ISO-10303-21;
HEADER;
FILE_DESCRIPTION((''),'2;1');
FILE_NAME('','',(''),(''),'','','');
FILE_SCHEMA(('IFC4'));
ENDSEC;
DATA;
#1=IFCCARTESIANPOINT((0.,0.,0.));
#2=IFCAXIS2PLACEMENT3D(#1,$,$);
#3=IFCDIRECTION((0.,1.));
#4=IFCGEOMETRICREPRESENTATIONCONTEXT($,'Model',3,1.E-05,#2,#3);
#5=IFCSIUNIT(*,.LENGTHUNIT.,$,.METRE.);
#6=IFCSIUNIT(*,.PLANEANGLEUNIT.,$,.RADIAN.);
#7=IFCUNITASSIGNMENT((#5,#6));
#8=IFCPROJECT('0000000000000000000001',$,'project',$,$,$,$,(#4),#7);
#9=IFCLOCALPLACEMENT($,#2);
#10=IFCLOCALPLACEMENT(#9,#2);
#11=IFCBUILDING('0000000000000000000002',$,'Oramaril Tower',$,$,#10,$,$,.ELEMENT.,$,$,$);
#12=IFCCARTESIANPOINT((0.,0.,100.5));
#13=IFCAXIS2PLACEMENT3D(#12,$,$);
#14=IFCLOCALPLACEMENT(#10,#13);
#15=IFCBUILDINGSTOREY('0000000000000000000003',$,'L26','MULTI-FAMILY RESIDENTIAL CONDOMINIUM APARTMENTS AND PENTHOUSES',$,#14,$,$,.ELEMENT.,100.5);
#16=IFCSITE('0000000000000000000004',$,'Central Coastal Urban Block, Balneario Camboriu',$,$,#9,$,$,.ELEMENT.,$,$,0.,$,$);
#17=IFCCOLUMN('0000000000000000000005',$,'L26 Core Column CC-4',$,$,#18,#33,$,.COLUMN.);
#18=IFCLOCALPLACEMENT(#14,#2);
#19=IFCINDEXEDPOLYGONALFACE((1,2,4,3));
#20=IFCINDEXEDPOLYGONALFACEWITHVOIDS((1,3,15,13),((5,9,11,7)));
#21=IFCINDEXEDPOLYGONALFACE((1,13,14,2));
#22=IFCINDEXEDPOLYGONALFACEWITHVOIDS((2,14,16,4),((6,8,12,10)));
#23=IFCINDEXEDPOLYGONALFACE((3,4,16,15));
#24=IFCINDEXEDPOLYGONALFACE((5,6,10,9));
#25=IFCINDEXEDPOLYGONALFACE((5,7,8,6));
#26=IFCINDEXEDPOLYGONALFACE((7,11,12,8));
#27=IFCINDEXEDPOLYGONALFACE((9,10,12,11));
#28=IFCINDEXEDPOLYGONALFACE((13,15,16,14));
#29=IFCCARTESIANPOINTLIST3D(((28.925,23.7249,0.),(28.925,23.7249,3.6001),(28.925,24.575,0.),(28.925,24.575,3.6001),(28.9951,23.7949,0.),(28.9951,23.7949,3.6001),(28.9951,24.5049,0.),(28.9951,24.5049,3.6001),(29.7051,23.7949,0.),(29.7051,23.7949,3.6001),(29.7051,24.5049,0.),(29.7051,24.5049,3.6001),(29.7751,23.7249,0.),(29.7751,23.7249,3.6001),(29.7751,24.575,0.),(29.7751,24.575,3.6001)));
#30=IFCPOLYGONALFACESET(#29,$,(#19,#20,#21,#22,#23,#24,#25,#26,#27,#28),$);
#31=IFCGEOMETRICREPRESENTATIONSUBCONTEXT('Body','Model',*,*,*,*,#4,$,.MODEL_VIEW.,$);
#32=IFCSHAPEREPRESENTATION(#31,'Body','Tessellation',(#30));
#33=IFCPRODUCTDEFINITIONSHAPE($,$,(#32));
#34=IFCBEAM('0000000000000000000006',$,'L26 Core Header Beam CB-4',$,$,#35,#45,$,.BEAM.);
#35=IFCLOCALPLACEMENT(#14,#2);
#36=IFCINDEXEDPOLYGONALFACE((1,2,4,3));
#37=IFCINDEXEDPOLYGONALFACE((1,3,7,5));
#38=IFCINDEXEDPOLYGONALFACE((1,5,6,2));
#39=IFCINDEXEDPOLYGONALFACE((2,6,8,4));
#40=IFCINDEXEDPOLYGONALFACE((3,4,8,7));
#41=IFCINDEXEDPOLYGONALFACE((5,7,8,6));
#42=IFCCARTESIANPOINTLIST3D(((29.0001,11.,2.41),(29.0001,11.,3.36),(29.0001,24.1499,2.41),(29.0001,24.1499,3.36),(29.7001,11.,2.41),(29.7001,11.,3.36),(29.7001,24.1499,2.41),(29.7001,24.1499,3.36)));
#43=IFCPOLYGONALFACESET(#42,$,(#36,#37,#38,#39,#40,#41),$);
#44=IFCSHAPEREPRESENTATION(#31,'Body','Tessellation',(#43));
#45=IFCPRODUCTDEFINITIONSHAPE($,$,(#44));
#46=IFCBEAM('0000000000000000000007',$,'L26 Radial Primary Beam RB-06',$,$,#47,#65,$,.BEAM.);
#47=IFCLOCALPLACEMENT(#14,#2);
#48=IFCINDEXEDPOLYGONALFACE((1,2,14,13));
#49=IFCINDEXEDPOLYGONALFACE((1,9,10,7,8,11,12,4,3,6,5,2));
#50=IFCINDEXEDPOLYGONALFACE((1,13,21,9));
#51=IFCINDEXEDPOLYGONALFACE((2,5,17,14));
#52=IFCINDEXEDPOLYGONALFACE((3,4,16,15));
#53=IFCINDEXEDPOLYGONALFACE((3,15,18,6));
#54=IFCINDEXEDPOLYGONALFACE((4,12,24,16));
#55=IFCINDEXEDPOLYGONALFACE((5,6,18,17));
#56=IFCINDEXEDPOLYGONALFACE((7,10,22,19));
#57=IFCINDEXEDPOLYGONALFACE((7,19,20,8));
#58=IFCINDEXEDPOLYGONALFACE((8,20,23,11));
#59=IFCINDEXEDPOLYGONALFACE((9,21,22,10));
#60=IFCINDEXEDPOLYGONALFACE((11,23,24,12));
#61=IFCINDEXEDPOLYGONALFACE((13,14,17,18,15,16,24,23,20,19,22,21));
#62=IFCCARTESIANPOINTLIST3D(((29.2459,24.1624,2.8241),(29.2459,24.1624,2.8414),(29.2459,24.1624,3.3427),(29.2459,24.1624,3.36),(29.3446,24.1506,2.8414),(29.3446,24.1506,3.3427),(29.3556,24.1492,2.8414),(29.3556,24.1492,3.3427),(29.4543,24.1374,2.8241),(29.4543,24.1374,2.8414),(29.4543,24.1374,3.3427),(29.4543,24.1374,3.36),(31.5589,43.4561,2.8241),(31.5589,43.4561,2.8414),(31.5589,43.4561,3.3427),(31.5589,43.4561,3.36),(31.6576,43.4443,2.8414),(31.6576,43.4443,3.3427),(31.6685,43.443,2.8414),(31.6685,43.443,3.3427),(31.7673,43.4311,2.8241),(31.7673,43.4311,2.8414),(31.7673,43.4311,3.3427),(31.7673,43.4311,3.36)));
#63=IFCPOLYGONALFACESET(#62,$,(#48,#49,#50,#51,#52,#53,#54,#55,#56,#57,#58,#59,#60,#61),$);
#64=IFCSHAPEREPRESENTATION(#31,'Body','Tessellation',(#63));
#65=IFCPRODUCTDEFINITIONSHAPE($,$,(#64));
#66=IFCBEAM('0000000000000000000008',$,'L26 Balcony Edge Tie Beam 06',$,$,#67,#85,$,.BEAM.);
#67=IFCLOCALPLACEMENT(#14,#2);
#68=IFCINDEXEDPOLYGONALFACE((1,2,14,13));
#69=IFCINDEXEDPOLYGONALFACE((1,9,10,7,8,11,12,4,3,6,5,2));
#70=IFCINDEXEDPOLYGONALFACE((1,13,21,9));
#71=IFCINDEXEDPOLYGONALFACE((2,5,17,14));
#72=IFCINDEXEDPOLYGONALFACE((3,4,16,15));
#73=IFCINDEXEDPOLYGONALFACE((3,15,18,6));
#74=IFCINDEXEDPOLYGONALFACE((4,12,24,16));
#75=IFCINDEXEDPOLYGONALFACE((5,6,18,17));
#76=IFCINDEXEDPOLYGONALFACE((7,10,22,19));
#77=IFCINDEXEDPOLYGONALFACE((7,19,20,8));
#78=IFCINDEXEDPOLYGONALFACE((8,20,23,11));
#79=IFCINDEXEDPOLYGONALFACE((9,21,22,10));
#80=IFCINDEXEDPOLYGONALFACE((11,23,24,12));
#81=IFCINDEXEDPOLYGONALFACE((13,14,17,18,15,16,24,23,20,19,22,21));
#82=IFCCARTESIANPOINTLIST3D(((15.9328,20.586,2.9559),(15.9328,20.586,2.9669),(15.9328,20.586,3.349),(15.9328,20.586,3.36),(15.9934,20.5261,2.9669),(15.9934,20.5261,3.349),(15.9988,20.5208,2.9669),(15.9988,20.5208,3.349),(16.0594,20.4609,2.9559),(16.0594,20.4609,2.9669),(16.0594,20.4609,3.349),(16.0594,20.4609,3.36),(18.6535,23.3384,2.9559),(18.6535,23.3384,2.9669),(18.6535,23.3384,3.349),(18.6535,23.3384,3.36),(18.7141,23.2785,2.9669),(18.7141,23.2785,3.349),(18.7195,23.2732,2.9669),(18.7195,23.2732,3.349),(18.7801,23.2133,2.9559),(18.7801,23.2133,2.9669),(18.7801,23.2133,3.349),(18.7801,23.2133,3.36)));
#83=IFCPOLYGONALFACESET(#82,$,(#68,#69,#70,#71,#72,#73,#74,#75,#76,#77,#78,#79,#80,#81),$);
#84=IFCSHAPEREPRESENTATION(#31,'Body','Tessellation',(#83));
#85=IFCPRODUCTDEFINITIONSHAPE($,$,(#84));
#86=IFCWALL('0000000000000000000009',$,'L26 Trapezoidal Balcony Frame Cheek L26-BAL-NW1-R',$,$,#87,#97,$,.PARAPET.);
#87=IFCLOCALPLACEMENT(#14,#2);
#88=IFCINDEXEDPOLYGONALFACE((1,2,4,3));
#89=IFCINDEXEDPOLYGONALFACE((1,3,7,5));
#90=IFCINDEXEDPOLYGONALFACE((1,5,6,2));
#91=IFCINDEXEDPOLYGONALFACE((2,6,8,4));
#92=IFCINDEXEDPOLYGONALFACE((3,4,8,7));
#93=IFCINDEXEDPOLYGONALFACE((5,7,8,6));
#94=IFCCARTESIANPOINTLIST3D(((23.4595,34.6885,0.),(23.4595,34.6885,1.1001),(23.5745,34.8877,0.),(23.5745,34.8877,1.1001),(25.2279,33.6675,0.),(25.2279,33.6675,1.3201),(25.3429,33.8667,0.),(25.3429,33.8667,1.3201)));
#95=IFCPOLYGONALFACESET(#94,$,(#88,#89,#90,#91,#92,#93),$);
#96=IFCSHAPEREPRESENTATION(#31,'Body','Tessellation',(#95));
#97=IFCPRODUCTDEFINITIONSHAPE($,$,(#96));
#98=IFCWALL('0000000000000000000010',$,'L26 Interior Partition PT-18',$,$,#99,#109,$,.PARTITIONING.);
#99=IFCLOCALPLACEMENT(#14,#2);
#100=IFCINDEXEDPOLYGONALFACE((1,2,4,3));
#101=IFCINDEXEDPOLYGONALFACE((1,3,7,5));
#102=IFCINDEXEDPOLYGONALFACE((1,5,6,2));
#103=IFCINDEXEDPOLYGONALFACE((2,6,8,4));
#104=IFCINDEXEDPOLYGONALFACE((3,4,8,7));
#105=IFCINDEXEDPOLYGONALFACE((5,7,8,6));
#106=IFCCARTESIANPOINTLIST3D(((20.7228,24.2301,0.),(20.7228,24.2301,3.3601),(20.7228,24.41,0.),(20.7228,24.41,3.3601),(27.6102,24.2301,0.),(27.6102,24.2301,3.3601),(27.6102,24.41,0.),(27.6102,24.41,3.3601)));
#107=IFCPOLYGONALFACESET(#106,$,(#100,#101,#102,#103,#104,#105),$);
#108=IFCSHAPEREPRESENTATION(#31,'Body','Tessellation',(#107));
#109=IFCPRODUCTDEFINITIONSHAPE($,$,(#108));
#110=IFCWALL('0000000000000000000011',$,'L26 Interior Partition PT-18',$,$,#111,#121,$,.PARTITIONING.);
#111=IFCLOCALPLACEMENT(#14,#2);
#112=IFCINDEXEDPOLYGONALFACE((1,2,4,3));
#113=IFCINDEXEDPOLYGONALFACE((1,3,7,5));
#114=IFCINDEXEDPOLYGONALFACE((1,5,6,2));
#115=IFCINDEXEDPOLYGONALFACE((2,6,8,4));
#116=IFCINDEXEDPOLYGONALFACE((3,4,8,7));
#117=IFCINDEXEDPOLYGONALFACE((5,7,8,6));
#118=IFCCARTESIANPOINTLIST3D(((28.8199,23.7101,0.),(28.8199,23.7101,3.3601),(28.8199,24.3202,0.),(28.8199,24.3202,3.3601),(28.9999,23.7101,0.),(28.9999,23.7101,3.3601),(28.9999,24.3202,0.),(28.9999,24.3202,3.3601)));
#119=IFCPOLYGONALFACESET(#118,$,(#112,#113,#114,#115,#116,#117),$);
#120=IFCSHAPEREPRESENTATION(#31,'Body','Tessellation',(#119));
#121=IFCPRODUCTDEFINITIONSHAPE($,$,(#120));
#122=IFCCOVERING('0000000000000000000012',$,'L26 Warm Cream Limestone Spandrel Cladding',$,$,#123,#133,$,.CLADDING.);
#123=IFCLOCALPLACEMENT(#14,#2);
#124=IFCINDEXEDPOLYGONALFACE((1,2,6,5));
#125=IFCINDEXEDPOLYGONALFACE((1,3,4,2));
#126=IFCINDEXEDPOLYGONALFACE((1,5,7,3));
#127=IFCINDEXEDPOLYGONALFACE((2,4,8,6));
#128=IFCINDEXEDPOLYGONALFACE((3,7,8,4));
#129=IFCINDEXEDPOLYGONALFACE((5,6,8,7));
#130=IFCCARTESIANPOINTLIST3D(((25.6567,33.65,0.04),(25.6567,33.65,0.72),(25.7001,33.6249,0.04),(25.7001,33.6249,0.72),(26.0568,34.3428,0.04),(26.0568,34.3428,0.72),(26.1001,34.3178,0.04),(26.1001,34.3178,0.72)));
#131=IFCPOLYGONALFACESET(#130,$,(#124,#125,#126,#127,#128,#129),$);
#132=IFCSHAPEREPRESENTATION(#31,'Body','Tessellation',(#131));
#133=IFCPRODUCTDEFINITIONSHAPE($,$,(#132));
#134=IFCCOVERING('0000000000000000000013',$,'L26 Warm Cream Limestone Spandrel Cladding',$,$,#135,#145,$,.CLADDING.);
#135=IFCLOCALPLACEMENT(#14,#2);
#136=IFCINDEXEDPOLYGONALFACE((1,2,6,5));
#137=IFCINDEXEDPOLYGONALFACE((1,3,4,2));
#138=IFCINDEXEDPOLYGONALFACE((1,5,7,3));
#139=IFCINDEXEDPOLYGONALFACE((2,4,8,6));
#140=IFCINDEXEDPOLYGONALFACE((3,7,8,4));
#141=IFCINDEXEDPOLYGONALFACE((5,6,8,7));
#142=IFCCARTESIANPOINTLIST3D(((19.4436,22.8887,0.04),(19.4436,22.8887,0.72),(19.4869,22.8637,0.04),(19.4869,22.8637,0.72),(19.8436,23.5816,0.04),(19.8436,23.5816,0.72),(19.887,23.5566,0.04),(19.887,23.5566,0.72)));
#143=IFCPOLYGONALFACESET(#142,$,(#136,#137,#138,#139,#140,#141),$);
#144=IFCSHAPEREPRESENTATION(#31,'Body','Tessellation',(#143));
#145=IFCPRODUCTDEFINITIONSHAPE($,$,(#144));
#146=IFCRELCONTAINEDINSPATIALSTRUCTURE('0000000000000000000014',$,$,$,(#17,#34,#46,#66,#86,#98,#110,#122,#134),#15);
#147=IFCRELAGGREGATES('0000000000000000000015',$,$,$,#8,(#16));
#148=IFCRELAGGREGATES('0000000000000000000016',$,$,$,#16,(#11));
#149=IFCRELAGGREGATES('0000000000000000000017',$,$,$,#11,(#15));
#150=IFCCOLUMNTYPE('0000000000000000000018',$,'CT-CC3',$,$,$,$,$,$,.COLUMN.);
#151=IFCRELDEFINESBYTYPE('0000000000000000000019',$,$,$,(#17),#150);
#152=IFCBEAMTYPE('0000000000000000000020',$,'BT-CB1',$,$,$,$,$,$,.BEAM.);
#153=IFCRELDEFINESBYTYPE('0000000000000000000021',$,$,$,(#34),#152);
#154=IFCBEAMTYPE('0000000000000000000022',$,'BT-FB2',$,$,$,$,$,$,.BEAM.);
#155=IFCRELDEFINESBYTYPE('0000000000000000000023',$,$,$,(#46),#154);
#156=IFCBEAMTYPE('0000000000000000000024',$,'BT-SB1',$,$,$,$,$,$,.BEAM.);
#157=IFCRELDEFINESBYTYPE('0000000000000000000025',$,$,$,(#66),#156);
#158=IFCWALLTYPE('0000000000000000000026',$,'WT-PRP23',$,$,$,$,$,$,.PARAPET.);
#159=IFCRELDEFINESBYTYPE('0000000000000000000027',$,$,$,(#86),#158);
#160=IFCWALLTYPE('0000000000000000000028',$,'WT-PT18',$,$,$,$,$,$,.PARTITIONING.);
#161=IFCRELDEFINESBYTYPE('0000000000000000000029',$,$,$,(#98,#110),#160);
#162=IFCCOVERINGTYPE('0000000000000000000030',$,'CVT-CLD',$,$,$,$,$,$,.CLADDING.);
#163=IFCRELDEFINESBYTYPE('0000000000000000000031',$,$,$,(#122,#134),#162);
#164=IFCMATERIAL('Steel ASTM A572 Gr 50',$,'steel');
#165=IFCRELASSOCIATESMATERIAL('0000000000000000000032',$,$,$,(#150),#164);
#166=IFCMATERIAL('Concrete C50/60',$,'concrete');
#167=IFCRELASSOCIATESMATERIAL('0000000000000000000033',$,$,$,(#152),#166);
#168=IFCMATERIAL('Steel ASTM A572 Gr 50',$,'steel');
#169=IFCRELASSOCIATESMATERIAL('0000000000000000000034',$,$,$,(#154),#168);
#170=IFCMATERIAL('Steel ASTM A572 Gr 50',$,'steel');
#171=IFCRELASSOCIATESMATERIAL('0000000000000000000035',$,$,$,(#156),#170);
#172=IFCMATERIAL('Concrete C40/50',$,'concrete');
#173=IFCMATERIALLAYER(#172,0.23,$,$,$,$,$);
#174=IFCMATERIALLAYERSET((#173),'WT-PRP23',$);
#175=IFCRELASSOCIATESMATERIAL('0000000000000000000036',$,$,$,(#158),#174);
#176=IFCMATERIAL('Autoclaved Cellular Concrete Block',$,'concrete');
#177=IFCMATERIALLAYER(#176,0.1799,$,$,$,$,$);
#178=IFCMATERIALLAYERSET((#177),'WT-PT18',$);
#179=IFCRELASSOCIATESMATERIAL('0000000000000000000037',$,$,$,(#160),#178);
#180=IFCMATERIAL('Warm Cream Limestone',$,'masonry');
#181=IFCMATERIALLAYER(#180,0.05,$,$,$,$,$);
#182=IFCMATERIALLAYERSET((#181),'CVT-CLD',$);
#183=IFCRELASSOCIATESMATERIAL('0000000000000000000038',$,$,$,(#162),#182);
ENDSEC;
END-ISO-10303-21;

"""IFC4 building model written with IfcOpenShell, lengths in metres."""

from ifc_helpers import new_model, si_unit, direction, frame, frame_2d, origin, origin_2d, place, context, subcontext, project, spatial, polyline, rectangle, hollow_rectangle, i_section, outline, extrude, material, layer, layer_set, material_profile, profile_set, type_object, element, save


model = new_model("IFC4")

# Units and contexts
model_context = context("Model", 3, precision=1e-05, world=origin(), true_north=direction((0.0, 1.0)))
body_context = subcontext(model_context, "Body", "Model", "MODEL_VIEW")
ifc_project = project(units=[si_unit("LENGTHUNIT", "METRE"), si_unit("PLANEANGLEUNIT", "RADIAN")], contexts=[model_context])

# Site, building, storey
site_placement = place(None, origin())
site = spatial("IfcSite", under=ifc_project, at=site_placement, Name="Central Coastal Urban Block, Balneario Camboriu", CompositionType="ELEMENT", RefElevation=0.0)
building_placement = place(site_placement, origin())
building = spatial("IfcBuilding", under=site, at=building_placement, Name="Oramaril Tower", CompositionType="ELEMENT")
storey_placement = place(building_placement, frame((0.0, 0.0, 100.5)))
storey = spatial("IfcBuildingStorey", under=building, at=storey_placement, Name="L26", Description="MULTI-FAMILY RESIDENTIAL CONDOMINIUM APARTMENTS AND PENTHOUSES", CompositionType="ELEMENT", Elevation=100.5)

# Column
ifc_material_1 = material(Name="Steel ASTM A572 Gr 50", Category="steel")
ifc_material_profile_1 = material_profile(ifc_material_1, hollow_rectangle(XDim=0.8501, YDim=0.8501, WallThickness=0.0701, at=origin_2d()), Name="BOX850X850X70")
ifc_profile_set_1 = profile_set([ifc_material_profile_1], Name="Steel ASTM A572 Gr 50")
column_type = type_object("IfcColumnType", Name="CT-CC3", PredefinedType="COLUMN", material=ifc_profile_set_1)
column_placement = place(storey_placement, frame((29.3501, 24.1499, 0.0), z_axis=(0.0, 0.0, 1.0), x_axis=(1.0, 0.0, 0.0)))
element("IfcColumn", 1, at=column_placement, inside=storey, type_object=column_type, Name="L26 Core Column CC-4", PredefinedType="COLUMN", context=body_context, shape_type="SweptSolid", body=[
    extrude(hollow_rectangle(XDim=0.8501, YDim=0.8501, WallThickness=0.0701, at=origin_2d()), origin(), (0.0, 0.0, 1.0), 3.6001),
])

# Beams
ifc_material_2 = material(Name="Concrete C50/60", Category="concrete")
ifc_material_profile_2 = material_profile(ifc_material_2, rectangle(XDim=0.7, YDim=0.95, at=origin_2d()), Name="CB700X950")
ifc_profile_set_2 = profile_set([ifc_material_profile_2], Name="Concrete C50/60")
beam_type_1 = type_object("IfcBeamType", Name="BT-CB1", PredefinedType="BEAM", material=ifc_profile_set_2)
beam_1_placement = place(storey_placement, frame((29.3501, 24.1499, 2.885), z_axis=(0.0, -1.0, 0.0), x_axis=(1.0, 0.0, 0.0)))
element("IfcBeam", 2, at=beam_1_placement, inside=storey, type_object=beam_type_1, Name="L26 Core Header Beam CB-4", PredefinedType="BEAM", context=body_context, shape_type="SweptSolid", body=[
    extrude(rectangle(XDim=0.7, YDim=0.95, at=origin_2d()), origin(), (0.0, 0.0, 1.0), 13.1499),
])
ifc_material_3 = material(Name="Steel ASTM A572 Gr 50", Category="steel")
ifc_material_profile_3 = material_profile(ifc_material_3, i_section(OverallWidth=0.21, OverallDepth=0.5359, WebThickness=0.011, FlangeThickness=0.0173, at=origin_2d()), Name="W21X68")
ifc_profile_set_3 = profile_set([ifc_material_profile_3], Name="Steel ASTM A572 Gr 50")
beam_type_2 = type_object("IfcBeamType", Name="BT-FB2", PredefinedType="BEAM", material=ifc_profile_set_3)
beam_2_placement = place(storey_placement, frame((29.3501, 24.1499, 3.092), z_axis=(0.119031, 0.992891, 0.0), x_axis=(-0.992891, 0.119031, 0.0)))
element("IfcBeam", 3, at=beam_2_placement, inside=storey, type_object=beam_type_2, Name="L26 Radial Primary Beam RB-06", PredefinedType="BEAM", context=body_context, shape_type="SweptSolid", body=[
    extrude(i_section(OverallWidth=0.21, OverallDepth=0.5359, WebThickness=0.011, FlangeThickness=0.0173, at=origin_2d()), origin(), (0.0, 0.0, 1.0), 19.4319),
])
ifc_material_4 = material(Name="Steel ASTM A572 Gr 50", Category="steel")
ifc_material_profile_4 = material_profile(ifc_material_4, i_section(OverallWidth=0.178, OverallDepth=0.4041, WebThickness=0.0076, FlangeThickness=0.011, at=origin_2d()), Name="W16X36")
ifc_profile_set_4 = profile_set([ifc_material_profile_4], Name="Steel ASTM A572 Gr 50")
beam_type_3 = type_object("IfcBeamType", Name="BT-SB1", PredefinedType="BEAM", material=ifc_profile_set_4)
beam_3_placement = place(storey_placement, frame((18.7168, 23.2759, 3.158), z_axis=(-0.702995, -0.711195, 0.0), x_axis=(0.711195, -0.702995, 0.0)))
element("IfcBeam", 4, at=beam_3_placement, inside=storey, type_object=beam_type_3, Name="L26 Balcony Edge Tie Beam 06", PredefinedType="BEAM", context=body_context, shape_type="SweptSolid", body=[
    extrude(i_section(OverallWidth=0.178, OverallDepth=0.4041, WebThickness=0.0076, FlangeThickness=0.011, at=origin_2d()), origin(), (0.0, 0.0, 1.0), 3.8701),
])

# Walls
ifc_material_5 = material(Name="Concrete C40/50", Category="concrete")
ifc_layer_1 = layer(ifc_material_5, 0.23)
ifc_layer_set_1 = layer_set([ifc_layer_1], Name="WT-PRP23")
wall_type_1 = type_object("IfcWallType", Name="WT-PRP23", PredefinedType="PARAPET", material=ifc_layer_set_1)
wall_1_placement = place(storey_placement, frame((25.2854, 33.7671, 0.0), z_axis=(0.0, 0.0, 1.0), x_axis=(-0.866012, 0.500023, 0.0)))
element("IfcWall", 5, at=wall_1_placement, inside=storey, type_object=wall_type_1, Name="L26 Trapezoidal Balcony Frame Cheek L26-BAL-NW1-R", PredefinedType="PARAPET", context=body_context, shape_type="SweptSolid", body=[
    extrude(outline(polyline([(0.0, 0.0), (2.042, 0.0), (2.042, 1.1001), (0.0, 1.3201), (0.0, 0.0)])), frame((0.0, 0.115, 0.0), z_axis=(0.0, -1.0, 0.0), x_axis=(1.0, 0.0, 0.0)), (0.0, 0.0, 1.0), 0.23),
])
ifc_material_6 = material(Name="Autoclaved Cellular Concrete Block", Category="concrete")
ifc_layer_2 = layer(ifc_material_6, 0.1799)
ifc_layer_set_2 = layer_set([ifc_layer_2], Name="WT-PT18")
wall_type_2 = type_object("IfcWallType", Name="WT-PT18", PredefinedType="PARTITIONING", material=ifc_layer_set_2)
wall_2_placement = place(storey_placement, frame((20.7227, 24.3201, 0.0), z_axis=(0.0, 0.0, 1.0), x_axis=(1.0, 0.0, 0.0)))
element("IfcWall", 6, at=wall_2_placement, inside=storey, type_object=wall_type_2, Name="L26 Interior Partition PT-18", PredefinedType="PARTITIONING", context=body_context, shape_type="SweptSolid", body=[
    extrude(rectangle(XDim=6.8875, YDim=0.1799, at=frame_2d((3.4438, 0.0))), origin(), (0.0, 0.0, 1.0), 3.3601),
])

# Wall
wall_3_placement = place(storey_placement, frame((28.9099, 23.71, 0.0), z_axis=(0.0, 0.0, 1.0), x_axis=(0.0, 1.0, 0.0)))
element("IfcWall", 7, at=wall_3_placement, inside=storey, type_object=wall_type_2, Name="L26 Interior Partition PT-18", PredefinedType="PARTITIONING", context=body_context, shape_type="SweptSolid", body=[
    extrude(rectangle(XDim=0.6101, YDim=0.1799, at=frame_2d((0.3052, 0.0))), origin(), (0.0, 0.0, 1.0), 3.3601),
])

# Coverings
ifc_material_7 = material(Name="Warm Cream Limestone", Category="masonry")
ifc_layer_3 = layer(ifc_material_7, 0.05)
ifc_layer_set_3 = layer_set([ifc_layer_3], Name="CVT-CLD")
covering_type = type_object("IfcCoveringType", Name="CVT-CLD", PredefinedType="CLADDING", material=ifc_layer_set_3)
for number, where, z_axis, x_axis, name in (
    (8, (25.8784, 33.9839, 0.04), (0.0, 0.0, 1.0), (-0.5, -0.866025, 0.0), "L26 Warm Cream Limestone Spandrel Cladding"),
    (9, (19.6653, 23.2227, 0.04), (0.0, 0.0, 1.0), (-0.5, -0.866025, 0.0), "L26 Warm Cream Limestone Spandrel Cladding"),
):
    element("IfcCovering", number, at=place(storey_placement, frame(where, z_axis=z_axis, x_axis=x_axis)), inside=storey, type_object=covering_type, Name=name, PredefinedType="CLADDING", context=body_context, shape_type="SweptSolid", body=[
        extrude(rectangle(XDim=0.8, YDim=0.05, at=origin_2d()), origin(), (0.0, 0.0, 1.0), 0.6799),
    ])

save(model, "model.ifc")
